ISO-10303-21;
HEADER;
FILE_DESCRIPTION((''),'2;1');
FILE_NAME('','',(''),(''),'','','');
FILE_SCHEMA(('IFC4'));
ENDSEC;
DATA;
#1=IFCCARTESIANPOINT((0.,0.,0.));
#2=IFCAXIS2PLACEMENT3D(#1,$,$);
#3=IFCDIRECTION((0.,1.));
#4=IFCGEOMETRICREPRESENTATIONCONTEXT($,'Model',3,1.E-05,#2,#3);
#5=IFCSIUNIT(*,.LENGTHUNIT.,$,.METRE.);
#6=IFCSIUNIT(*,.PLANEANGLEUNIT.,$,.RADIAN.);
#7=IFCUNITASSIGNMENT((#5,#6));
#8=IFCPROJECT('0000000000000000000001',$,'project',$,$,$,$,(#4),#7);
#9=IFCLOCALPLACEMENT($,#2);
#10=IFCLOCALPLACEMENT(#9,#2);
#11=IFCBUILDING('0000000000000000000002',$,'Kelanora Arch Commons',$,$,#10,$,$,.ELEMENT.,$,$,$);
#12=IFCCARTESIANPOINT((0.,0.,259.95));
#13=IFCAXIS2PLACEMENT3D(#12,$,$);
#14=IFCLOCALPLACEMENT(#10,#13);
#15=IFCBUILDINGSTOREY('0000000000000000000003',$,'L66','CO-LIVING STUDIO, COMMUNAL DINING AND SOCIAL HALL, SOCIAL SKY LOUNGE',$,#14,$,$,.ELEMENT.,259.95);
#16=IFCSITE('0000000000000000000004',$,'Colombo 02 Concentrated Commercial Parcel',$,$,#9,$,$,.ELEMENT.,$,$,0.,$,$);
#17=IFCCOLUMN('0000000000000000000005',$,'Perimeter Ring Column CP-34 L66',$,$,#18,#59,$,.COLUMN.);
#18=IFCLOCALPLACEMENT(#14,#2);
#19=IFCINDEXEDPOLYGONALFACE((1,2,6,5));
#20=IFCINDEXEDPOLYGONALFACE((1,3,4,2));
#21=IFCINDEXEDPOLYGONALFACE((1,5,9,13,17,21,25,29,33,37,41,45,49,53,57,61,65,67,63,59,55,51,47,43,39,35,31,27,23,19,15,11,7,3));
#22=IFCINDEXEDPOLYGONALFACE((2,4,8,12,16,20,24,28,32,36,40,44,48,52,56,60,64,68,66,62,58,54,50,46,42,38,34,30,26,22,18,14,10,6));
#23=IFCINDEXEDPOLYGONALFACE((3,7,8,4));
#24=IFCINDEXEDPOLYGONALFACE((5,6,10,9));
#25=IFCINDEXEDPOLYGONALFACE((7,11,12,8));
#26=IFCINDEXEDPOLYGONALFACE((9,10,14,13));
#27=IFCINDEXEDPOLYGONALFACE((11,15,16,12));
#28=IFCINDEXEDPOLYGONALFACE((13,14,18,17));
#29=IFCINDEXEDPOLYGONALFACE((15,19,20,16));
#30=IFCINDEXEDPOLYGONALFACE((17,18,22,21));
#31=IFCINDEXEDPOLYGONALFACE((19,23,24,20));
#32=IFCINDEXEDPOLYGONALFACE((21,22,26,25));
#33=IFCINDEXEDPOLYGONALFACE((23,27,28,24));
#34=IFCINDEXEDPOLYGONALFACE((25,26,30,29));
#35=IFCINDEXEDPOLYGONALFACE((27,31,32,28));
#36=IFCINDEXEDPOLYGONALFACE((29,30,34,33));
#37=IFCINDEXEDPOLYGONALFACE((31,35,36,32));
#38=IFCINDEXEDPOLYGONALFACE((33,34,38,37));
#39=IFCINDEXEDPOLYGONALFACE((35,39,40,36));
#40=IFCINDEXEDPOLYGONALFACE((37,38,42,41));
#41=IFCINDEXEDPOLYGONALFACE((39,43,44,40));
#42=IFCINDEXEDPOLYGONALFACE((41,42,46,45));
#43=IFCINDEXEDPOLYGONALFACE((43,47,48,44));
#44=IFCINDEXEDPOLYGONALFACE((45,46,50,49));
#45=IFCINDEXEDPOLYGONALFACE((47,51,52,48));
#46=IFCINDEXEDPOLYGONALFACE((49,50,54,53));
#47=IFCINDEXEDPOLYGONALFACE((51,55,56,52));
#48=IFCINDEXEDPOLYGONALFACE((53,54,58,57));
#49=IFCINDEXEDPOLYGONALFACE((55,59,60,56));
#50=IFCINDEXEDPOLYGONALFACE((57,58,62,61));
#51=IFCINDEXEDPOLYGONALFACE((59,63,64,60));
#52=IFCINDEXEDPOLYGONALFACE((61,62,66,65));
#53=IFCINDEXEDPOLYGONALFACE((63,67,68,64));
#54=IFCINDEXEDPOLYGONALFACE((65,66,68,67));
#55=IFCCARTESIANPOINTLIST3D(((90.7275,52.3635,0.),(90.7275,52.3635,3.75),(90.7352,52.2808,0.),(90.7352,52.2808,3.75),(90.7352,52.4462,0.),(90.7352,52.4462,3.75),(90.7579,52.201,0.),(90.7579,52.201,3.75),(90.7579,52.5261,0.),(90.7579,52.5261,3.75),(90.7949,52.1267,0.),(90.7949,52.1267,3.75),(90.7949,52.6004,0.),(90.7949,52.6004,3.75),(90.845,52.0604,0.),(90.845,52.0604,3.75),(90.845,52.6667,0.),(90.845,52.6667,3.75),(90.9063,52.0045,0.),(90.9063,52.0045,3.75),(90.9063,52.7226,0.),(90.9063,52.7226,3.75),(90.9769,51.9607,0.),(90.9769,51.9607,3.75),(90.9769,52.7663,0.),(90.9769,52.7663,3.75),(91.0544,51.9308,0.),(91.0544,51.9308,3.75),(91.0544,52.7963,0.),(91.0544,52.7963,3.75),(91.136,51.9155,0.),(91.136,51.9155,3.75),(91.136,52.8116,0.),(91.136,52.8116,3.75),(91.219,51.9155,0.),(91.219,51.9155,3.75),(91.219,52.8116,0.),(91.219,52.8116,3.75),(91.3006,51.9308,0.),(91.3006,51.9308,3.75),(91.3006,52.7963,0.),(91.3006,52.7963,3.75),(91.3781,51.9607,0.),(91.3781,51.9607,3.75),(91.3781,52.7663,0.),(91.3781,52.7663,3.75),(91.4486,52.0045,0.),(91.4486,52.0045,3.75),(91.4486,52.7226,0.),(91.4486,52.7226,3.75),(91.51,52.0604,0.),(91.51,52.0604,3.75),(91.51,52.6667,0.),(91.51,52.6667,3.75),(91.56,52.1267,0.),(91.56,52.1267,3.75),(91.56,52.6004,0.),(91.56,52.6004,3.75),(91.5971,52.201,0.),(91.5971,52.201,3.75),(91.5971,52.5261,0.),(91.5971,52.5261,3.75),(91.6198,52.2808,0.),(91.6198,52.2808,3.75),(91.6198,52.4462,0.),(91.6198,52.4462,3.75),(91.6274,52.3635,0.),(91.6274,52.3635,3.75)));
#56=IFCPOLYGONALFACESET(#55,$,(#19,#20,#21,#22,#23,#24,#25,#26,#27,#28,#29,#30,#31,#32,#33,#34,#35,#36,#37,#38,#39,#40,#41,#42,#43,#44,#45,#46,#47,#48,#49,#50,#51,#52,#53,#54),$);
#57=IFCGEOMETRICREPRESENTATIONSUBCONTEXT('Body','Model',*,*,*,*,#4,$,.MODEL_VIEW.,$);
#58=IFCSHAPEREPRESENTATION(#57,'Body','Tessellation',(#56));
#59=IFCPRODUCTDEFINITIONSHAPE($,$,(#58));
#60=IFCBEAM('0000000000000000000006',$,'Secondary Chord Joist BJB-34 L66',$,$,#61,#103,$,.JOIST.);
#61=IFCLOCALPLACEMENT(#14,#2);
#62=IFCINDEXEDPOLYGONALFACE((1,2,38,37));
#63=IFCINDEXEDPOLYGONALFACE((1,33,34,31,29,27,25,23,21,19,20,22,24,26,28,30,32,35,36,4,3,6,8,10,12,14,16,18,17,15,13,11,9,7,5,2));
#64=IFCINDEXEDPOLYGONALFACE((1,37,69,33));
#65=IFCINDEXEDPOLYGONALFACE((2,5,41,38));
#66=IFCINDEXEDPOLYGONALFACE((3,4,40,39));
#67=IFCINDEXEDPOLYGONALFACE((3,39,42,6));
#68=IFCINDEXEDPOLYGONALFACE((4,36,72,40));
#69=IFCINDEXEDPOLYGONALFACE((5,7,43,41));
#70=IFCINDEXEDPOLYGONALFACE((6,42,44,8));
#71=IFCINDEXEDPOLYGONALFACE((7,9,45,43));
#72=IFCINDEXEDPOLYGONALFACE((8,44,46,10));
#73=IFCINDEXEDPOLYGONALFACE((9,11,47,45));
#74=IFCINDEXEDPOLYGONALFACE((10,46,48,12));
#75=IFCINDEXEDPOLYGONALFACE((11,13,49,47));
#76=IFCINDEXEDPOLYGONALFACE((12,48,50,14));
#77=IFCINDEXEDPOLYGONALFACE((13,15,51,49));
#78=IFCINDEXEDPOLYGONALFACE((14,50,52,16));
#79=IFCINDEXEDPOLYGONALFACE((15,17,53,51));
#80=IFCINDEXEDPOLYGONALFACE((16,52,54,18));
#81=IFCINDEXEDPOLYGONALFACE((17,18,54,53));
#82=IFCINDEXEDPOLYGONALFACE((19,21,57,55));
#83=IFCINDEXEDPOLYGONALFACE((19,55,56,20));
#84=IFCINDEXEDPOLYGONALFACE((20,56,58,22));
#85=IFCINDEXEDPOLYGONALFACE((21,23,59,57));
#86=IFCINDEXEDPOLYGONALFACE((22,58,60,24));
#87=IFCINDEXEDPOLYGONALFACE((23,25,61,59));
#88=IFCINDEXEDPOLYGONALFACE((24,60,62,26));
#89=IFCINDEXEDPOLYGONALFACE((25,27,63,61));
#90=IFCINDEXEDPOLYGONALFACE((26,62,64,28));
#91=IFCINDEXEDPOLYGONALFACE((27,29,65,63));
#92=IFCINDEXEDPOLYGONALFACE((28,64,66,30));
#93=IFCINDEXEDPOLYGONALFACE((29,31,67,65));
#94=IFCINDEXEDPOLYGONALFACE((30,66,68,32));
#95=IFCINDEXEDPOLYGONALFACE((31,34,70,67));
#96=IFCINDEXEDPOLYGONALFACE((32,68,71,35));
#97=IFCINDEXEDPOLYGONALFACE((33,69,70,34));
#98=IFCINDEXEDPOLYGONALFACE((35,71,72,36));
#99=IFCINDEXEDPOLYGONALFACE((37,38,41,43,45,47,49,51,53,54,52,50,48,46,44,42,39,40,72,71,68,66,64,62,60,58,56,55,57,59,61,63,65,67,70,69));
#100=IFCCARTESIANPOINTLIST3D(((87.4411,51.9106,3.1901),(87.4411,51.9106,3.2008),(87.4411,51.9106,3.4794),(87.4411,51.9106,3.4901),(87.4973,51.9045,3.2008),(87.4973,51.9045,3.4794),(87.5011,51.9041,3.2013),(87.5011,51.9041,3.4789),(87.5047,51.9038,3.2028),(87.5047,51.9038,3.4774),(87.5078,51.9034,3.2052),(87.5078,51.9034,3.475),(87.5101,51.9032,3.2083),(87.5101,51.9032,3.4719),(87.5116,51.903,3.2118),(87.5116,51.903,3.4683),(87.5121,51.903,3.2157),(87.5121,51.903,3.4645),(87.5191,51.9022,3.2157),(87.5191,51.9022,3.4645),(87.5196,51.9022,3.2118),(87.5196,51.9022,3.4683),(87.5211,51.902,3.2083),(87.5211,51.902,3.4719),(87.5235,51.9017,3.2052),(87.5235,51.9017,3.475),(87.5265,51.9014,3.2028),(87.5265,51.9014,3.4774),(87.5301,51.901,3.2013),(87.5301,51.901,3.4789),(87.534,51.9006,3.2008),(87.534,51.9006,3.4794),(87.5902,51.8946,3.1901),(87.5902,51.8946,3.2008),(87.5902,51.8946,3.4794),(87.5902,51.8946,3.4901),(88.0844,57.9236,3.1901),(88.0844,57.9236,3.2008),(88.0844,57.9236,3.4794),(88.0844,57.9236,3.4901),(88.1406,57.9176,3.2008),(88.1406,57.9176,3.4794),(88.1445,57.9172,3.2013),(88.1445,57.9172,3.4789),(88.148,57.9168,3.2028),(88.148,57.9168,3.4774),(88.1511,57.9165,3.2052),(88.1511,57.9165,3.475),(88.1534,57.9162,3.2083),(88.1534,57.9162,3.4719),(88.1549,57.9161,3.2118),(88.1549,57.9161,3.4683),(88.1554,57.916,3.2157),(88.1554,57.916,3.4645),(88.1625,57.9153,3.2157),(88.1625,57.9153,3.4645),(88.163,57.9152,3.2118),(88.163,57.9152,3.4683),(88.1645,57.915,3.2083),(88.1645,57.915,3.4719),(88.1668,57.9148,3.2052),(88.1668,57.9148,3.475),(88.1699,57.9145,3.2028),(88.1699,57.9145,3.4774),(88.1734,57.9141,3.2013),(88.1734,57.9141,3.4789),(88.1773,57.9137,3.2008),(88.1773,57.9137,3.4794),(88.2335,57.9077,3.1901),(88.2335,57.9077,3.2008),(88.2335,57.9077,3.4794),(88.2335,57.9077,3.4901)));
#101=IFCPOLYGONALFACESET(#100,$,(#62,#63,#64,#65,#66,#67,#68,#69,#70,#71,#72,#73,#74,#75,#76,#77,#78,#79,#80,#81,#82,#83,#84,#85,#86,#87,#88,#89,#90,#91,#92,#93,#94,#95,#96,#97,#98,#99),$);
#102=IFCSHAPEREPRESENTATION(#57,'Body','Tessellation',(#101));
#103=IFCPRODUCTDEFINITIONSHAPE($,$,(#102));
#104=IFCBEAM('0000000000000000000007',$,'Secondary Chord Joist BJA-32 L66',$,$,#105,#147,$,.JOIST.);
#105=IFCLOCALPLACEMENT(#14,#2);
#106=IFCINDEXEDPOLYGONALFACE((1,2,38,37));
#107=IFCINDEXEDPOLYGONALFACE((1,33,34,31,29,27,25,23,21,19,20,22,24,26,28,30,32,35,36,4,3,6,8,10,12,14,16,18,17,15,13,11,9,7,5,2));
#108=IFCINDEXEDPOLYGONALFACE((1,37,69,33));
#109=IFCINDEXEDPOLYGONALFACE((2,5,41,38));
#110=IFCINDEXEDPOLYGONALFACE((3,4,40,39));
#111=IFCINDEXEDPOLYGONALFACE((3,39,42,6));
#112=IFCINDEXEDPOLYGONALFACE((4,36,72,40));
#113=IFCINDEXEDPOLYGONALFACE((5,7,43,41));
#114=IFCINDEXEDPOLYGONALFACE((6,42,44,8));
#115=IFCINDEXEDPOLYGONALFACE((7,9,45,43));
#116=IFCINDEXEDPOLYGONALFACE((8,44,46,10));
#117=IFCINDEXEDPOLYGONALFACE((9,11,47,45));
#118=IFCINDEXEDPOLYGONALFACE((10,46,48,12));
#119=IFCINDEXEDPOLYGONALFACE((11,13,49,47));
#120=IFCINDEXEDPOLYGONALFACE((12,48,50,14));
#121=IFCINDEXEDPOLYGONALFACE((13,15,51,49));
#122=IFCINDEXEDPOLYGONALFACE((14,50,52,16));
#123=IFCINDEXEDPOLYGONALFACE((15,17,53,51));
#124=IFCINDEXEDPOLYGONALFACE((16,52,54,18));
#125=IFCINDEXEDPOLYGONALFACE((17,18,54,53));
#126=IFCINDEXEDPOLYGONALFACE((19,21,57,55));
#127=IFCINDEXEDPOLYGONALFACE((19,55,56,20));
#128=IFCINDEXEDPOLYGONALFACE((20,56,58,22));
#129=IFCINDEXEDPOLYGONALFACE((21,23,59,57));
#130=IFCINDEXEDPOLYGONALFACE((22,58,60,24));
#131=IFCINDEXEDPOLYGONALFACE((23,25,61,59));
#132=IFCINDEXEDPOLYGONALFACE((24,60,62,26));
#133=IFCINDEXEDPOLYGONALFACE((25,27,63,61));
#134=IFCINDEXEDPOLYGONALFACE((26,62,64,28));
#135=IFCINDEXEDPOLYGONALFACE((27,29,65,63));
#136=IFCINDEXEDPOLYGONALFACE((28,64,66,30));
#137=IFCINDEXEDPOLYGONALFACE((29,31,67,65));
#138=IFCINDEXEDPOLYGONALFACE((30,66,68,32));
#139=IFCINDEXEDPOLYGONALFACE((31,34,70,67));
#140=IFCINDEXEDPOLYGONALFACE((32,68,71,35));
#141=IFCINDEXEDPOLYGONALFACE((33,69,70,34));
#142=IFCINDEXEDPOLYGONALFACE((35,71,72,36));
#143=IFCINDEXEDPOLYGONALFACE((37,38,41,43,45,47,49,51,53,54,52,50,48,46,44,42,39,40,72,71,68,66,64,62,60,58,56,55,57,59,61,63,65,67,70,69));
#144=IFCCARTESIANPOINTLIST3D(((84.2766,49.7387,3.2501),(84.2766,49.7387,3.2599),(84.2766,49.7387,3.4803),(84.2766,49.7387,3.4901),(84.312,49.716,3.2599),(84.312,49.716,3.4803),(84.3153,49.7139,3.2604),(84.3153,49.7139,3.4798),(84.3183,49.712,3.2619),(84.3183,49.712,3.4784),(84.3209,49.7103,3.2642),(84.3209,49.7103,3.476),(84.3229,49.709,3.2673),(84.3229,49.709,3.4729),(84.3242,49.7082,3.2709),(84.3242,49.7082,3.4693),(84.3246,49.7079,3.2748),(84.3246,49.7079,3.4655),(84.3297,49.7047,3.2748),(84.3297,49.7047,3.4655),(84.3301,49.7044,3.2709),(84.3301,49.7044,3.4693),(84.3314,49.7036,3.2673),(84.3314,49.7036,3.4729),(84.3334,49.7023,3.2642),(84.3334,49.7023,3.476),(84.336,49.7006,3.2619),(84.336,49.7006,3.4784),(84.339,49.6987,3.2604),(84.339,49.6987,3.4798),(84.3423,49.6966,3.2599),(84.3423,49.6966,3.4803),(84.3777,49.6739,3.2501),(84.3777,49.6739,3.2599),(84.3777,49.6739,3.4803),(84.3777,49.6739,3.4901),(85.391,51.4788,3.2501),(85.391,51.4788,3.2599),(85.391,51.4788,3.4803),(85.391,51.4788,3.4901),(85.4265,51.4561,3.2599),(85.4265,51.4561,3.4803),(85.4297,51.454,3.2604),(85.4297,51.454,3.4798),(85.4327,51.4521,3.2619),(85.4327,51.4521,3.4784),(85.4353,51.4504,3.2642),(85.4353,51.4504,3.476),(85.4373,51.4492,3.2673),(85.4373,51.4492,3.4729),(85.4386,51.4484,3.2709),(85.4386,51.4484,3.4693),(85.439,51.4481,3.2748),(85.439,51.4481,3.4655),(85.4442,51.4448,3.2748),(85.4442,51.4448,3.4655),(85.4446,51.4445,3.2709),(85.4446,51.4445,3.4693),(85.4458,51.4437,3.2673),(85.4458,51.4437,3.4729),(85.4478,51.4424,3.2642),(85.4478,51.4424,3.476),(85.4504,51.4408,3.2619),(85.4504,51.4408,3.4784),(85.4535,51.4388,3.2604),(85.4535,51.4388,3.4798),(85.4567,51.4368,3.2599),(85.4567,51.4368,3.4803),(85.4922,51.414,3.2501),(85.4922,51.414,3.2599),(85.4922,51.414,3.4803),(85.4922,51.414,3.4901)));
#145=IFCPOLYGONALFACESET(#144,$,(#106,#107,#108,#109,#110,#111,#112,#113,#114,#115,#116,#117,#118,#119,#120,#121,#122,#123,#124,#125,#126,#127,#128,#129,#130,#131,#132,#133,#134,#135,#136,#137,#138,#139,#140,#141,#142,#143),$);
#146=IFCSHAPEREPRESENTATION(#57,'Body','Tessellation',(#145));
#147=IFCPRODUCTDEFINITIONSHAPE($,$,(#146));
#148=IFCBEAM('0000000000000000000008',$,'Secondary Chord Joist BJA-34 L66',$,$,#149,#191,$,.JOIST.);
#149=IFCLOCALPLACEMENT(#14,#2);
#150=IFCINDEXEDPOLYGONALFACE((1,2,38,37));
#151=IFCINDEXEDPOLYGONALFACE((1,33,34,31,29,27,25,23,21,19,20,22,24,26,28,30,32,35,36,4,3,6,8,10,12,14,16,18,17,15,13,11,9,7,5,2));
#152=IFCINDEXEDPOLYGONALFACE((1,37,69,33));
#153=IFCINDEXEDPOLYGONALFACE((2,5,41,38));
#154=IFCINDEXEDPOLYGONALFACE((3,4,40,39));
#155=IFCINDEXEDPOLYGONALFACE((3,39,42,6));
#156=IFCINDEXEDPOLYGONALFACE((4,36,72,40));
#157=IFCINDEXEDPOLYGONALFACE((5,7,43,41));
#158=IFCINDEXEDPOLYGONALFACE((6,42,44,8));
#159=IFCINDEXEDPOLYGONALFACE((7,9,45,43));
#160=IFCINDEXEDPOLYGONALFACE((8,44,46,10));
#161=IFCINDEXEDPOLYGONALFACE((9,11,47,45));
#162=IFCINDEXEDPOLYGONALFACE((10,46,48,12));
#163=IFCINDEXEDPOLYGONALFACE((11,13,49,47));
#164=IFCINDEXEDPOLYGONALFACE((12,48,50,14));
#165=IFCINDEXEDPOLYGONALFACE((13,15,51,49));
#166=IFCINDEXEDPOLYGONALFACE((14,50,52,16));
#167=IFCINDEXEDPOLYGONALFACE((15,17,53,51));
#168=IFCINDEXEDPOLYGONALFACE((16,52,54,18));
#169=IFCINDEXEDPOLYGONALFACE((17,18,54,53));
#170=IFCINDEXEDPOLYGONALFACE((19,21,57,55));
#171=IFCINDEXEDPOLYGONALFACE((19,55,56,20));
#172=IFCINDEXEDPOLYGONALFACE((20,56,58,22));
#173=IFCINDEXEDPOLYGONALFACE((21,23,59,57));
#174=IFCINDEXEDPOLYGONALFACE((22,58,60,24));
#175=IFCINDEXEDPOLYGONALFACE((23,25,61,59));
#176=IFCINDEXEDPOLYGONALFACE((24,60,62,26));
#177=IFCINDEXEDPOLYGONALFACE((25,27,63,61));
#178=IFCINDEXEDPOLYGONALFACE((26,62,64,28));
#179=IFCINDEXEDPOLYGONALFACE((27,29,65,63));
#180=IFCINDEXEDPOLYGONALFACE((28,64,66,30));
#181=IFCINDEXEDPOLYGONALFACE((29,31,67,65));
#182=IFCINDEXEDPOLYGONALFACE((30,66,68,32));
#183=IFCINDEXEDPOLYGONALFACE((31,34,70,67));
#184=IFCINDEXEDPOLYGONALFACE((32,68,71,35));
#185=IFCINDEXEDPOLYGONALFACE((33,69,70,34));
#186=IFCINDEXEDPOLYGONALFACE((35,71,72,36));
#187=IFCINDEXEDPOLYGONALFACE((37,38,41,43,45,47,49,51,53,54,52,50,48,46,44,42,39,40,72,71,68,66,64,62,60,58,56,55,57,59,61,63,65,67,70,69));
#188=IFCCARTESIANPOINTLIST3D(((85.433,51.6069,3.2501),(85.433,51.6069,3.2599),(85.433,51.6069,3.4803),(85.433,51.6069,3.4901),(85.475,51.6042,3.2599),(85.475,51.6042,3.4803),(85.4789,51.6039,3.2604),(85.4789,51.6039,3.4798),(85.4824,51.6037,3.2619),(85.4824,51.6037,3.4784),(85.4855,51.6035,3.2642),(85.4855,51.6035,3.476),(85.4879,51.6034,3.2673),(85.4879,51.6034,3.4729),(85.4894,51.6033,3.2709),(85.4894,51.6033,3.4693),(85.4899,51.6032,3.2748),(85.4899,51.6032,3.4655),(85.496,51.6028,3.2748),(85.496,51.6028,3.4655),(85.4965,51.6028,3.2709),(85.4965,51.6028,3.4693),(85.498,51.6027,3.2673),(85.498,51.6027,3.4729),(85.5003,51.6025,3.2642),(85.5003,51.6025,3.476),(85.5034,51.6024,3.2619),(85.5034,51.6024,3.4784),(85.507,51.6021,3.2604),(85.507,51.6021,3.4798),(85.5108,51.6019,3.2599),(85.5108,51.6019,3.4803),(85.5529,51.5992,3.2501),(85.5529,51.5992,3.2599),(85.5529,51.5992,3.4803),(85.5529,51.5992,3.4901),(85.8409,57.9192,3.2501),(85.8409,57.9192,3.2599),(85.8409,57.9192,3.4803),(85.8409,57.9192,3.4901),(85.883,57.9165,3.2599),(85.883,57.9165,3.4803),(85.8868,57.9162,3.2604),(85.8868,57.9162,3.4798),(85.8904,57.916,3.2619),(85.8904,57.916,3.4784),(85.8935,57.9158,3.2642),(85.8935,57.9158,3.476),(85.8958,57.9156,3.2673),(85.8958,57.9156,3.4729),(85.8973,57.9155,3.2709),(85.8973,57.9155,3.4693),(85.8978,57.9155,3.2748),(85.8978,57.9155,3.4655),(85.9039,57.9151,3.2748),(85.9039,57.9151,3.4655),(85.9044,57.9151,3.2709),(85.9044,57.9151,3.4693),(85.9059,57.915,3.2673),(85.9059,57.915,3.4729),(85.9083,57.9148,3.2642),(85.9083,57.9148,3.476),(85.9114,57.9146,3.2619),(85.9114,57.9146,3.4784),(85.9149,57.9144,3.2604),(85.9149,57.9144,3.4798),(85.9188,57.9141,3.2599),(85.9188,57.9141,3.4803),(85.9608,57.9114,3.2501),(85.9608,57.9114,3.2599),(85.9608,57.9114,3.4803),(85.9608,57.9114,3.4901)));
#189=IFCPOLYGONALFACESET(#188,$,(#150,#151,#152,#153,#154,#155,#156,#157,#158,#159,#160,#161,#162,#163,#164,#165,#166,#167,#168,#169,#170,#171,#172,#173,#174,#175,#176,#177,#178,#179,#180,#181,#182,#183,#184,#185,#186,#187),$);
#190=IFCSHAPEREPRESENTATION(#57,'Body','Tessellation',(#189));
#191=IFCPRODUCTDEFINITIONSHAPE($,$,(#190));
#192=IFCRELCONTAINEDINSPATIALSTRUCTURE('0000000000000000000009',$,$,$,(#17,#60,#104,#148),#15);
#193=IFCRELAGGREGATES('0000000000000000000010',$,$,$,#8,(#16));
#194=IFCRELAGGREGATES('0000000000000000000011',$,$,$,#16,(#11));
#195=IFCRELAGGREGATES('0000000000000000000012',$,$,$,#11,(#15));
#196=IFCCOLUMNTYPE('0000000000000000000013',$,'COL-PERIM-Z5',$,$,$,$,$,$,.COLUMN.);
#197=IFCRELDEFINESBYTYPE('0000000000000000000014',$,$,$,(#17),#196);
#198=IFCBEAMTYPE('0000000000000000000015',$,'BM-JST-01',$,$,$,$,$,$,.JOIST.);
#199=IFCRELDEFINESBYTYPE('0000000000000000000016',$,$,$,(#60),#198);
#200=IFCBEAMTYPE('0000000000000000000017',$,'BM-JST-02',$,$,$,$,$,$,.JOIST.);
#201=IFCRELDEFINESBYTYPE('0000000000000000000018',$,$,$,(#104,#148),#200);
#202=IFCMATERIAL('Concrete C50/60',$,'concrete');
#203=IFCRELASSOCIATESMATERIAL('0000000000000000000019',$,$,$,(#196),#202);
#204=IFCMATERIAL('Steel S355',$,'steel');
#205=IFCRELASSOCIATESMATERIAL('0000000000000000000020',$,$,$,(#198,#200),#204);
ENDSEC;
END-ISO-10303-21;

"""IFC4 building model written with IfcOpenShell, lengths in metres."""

from ifc_helpers import new_model, si_unit, direction, frame, origin, origin_2d, place, context, subcontext, project, spatial, circle, i_section, extrude, material, material_profile, profile_set, type_object, element, save


model = new_model("IFC4")

# Units and contexts
model_context = context("Model", 3, precision=1e-05, world=origin(), true_north=direction((0.0, 1.0)))
body_context = subcontext(model_context, "Body", "Model", "MODEL_VIEW")
ifc_project = project(units=[si_unit("LENGTHUNIT", "METRE"), si_unit("PLANEANGLEUNIT", "RADIAN")], contexts=[model_context])

# Site, building, storey
site_placement = place(None, origin())
site = spatial("IfcSite", under=ifc_project, at=site_placement, Name="Colombo 02 Concentrated Commercial Parcel", CompositionType="ELEMENT", RefElevation=0.0)
building_placement = place(site_placement, origin())
building = spatial("IfcBuilding", under=site, at=building_placement, Name="Kelanora Arch Commons", CompositionType="ELEMENT")
storey_placement = place(building_placement, frame((0.0, 0.0, 259.95)))
storey = spatial("IfcBuildingStorey", under=building, at=storey_placement, Name="L66", Description="CO-LIVING STUDIO, COMMUNAL DINING AND SOCIAL HALL, SOCIAL SKY LOUNGE", CompositionType="ELEMENT", Elevation=259.95)

# Column
ifc_material_1 = material(Name="Concrete C50/60", Category="concrete")
ifc_material_profile_1 = material_profile(ifc_material_1, circle(Radius=0.45, at=origin_2d()), Name="RCC900")
ifc_profile_set_1 = profile_set([ifc_material_profile_1], Name="Concrete C50/60")
column_type = type_object("IfcColumnType", Name="COL-PERIM-Z5", PredefinedType="COLUMN", material=ifc_profile_set_1)
column_placement = place(storey_placement, frame((91.1775, 52.3635, 0.0), z_axis=(0.0, 0.0, 1.0), x_axis=(1.0, 0.0, 0.0)))
element("IfcColumn", 1, at=column_placement, inside=storey, type_object=column_type, Name="Perimeter Ring Column CP-34 L66", PredefinedType="COLUMN", context=body_context, shape_type="SweptSolid", body=[
    extrude(circle(Radius=0.45, at=origin_2d()), origin(), (0.0, 0.0, 1.0), 3.75),
])

# Beams
ifc_material_2 = material(Name="Steel S355", Category="steel")
ifc_material_profile_2 = material_profile(ifc_material_2, i_section(OverallWidth=0.1499, OverallDepth=0.3, WebThickness=0.0071, FlangeThickness=0.0107, FilletRadius=0.0149, at=origin_2d()), Name="IPE300")
ifc_profile_set_2 = profile_set([ifc_material_profile_2], Name="Steel S355")
beam_type_1 = type_object("IfcBeamType", Name="BM-JST-01", PredefinedType="JOIST", material=ifc_profile_set_2)
beam_1_placement = place(storey_placement, frame((87.5156, 51.9026, 3.3401), z_axis=(0.106381, 0.994325, 0.0), x_axis=(-0.994325, 0.106381, 0.0)))
element("IfcBeam", 2, at=beam_1_placement, inside=storey, type_object=beam_type_1, Name="Secondary Chord Joist BJB-34 L66", PredefinedType="JOIST", context=body_context, shape_type="SweptSolid", body=[
    extrude(i_section(OverallWidth=0.1499, OverallDepth=0.3, WebThickness=0.0071, FlangeThickness=0.0107, FilletRadius=0.0149, at=origin_2d()), origin(), (0.0, 0.0, 1.0), 6.0474),
])
ifc_material_profile_3 = material_profile(ifc_material_2, i_section(OverallWidth=0.1201, OverallDepth=0.24, WebThickness=0.0061, FlangeThickness=0.0098, FilletRadius=0.0149, at=origin_2d()), Name="IPE240")
ifc_profile_set_3 = profile_set([ifc_material_profile_3], Name="Steel S355")
beam_type_2 = type_object("IfcBeamType", Name="BM-JST-02", PredefinedType="JOIST", material=ifc_profile_set_3)
beam_2_placement = place(storey_placement, frame((84.3271, 49.7063, 3.3701), z_axis=(0.539312, 0.842106, 0.0), x_axis=(-0.842106, 0.539312, 0.0)))
element("IfcBeam", 3, at=beam_2_placement, inside=storey, type_object=beam_type_2, Name="Secondary Chord Joist BJA-32 L66", PredefinedType="JOIST", context=body_context, shape_type="SweptSolid", body=[
    extrude(i_section(OverallWidth=0.1201, OverallDepth=0.24, WebThickness=0.0061, FlangeThickness=0.0098, FilletRadius=0.0149, at=origin_2d()), origin(), (0.0, 0.0, 1.0), 2.0664),
])
beam_3_placement = place(storey_placement, frame((85.4929, 51.603, 3.3701), z_axis=(0.064495, 0.997918, 0.0), x_axis=(-0.997918, 0.064495, 0.0)))
element("IfcBeam", 4, at=beam_3_placement, inside=storey, type_object=beam_type_2, Name="Secondary Chord Joist BJA-34 L66", PredefinedType="JOIST", context=body_context, shape_type="SweptSolid", body=[
    extrude(i_section(OverallWidth=0.1201, OverallDepth=0.24, WebThickness=0.0061, FlangeThickness=0.0098, FilletRadius=0.0149, at=origin_2d()), origin(), (0.0, 0.0, 1.0), 6.3254),
])

save(model, "model.ifc")
